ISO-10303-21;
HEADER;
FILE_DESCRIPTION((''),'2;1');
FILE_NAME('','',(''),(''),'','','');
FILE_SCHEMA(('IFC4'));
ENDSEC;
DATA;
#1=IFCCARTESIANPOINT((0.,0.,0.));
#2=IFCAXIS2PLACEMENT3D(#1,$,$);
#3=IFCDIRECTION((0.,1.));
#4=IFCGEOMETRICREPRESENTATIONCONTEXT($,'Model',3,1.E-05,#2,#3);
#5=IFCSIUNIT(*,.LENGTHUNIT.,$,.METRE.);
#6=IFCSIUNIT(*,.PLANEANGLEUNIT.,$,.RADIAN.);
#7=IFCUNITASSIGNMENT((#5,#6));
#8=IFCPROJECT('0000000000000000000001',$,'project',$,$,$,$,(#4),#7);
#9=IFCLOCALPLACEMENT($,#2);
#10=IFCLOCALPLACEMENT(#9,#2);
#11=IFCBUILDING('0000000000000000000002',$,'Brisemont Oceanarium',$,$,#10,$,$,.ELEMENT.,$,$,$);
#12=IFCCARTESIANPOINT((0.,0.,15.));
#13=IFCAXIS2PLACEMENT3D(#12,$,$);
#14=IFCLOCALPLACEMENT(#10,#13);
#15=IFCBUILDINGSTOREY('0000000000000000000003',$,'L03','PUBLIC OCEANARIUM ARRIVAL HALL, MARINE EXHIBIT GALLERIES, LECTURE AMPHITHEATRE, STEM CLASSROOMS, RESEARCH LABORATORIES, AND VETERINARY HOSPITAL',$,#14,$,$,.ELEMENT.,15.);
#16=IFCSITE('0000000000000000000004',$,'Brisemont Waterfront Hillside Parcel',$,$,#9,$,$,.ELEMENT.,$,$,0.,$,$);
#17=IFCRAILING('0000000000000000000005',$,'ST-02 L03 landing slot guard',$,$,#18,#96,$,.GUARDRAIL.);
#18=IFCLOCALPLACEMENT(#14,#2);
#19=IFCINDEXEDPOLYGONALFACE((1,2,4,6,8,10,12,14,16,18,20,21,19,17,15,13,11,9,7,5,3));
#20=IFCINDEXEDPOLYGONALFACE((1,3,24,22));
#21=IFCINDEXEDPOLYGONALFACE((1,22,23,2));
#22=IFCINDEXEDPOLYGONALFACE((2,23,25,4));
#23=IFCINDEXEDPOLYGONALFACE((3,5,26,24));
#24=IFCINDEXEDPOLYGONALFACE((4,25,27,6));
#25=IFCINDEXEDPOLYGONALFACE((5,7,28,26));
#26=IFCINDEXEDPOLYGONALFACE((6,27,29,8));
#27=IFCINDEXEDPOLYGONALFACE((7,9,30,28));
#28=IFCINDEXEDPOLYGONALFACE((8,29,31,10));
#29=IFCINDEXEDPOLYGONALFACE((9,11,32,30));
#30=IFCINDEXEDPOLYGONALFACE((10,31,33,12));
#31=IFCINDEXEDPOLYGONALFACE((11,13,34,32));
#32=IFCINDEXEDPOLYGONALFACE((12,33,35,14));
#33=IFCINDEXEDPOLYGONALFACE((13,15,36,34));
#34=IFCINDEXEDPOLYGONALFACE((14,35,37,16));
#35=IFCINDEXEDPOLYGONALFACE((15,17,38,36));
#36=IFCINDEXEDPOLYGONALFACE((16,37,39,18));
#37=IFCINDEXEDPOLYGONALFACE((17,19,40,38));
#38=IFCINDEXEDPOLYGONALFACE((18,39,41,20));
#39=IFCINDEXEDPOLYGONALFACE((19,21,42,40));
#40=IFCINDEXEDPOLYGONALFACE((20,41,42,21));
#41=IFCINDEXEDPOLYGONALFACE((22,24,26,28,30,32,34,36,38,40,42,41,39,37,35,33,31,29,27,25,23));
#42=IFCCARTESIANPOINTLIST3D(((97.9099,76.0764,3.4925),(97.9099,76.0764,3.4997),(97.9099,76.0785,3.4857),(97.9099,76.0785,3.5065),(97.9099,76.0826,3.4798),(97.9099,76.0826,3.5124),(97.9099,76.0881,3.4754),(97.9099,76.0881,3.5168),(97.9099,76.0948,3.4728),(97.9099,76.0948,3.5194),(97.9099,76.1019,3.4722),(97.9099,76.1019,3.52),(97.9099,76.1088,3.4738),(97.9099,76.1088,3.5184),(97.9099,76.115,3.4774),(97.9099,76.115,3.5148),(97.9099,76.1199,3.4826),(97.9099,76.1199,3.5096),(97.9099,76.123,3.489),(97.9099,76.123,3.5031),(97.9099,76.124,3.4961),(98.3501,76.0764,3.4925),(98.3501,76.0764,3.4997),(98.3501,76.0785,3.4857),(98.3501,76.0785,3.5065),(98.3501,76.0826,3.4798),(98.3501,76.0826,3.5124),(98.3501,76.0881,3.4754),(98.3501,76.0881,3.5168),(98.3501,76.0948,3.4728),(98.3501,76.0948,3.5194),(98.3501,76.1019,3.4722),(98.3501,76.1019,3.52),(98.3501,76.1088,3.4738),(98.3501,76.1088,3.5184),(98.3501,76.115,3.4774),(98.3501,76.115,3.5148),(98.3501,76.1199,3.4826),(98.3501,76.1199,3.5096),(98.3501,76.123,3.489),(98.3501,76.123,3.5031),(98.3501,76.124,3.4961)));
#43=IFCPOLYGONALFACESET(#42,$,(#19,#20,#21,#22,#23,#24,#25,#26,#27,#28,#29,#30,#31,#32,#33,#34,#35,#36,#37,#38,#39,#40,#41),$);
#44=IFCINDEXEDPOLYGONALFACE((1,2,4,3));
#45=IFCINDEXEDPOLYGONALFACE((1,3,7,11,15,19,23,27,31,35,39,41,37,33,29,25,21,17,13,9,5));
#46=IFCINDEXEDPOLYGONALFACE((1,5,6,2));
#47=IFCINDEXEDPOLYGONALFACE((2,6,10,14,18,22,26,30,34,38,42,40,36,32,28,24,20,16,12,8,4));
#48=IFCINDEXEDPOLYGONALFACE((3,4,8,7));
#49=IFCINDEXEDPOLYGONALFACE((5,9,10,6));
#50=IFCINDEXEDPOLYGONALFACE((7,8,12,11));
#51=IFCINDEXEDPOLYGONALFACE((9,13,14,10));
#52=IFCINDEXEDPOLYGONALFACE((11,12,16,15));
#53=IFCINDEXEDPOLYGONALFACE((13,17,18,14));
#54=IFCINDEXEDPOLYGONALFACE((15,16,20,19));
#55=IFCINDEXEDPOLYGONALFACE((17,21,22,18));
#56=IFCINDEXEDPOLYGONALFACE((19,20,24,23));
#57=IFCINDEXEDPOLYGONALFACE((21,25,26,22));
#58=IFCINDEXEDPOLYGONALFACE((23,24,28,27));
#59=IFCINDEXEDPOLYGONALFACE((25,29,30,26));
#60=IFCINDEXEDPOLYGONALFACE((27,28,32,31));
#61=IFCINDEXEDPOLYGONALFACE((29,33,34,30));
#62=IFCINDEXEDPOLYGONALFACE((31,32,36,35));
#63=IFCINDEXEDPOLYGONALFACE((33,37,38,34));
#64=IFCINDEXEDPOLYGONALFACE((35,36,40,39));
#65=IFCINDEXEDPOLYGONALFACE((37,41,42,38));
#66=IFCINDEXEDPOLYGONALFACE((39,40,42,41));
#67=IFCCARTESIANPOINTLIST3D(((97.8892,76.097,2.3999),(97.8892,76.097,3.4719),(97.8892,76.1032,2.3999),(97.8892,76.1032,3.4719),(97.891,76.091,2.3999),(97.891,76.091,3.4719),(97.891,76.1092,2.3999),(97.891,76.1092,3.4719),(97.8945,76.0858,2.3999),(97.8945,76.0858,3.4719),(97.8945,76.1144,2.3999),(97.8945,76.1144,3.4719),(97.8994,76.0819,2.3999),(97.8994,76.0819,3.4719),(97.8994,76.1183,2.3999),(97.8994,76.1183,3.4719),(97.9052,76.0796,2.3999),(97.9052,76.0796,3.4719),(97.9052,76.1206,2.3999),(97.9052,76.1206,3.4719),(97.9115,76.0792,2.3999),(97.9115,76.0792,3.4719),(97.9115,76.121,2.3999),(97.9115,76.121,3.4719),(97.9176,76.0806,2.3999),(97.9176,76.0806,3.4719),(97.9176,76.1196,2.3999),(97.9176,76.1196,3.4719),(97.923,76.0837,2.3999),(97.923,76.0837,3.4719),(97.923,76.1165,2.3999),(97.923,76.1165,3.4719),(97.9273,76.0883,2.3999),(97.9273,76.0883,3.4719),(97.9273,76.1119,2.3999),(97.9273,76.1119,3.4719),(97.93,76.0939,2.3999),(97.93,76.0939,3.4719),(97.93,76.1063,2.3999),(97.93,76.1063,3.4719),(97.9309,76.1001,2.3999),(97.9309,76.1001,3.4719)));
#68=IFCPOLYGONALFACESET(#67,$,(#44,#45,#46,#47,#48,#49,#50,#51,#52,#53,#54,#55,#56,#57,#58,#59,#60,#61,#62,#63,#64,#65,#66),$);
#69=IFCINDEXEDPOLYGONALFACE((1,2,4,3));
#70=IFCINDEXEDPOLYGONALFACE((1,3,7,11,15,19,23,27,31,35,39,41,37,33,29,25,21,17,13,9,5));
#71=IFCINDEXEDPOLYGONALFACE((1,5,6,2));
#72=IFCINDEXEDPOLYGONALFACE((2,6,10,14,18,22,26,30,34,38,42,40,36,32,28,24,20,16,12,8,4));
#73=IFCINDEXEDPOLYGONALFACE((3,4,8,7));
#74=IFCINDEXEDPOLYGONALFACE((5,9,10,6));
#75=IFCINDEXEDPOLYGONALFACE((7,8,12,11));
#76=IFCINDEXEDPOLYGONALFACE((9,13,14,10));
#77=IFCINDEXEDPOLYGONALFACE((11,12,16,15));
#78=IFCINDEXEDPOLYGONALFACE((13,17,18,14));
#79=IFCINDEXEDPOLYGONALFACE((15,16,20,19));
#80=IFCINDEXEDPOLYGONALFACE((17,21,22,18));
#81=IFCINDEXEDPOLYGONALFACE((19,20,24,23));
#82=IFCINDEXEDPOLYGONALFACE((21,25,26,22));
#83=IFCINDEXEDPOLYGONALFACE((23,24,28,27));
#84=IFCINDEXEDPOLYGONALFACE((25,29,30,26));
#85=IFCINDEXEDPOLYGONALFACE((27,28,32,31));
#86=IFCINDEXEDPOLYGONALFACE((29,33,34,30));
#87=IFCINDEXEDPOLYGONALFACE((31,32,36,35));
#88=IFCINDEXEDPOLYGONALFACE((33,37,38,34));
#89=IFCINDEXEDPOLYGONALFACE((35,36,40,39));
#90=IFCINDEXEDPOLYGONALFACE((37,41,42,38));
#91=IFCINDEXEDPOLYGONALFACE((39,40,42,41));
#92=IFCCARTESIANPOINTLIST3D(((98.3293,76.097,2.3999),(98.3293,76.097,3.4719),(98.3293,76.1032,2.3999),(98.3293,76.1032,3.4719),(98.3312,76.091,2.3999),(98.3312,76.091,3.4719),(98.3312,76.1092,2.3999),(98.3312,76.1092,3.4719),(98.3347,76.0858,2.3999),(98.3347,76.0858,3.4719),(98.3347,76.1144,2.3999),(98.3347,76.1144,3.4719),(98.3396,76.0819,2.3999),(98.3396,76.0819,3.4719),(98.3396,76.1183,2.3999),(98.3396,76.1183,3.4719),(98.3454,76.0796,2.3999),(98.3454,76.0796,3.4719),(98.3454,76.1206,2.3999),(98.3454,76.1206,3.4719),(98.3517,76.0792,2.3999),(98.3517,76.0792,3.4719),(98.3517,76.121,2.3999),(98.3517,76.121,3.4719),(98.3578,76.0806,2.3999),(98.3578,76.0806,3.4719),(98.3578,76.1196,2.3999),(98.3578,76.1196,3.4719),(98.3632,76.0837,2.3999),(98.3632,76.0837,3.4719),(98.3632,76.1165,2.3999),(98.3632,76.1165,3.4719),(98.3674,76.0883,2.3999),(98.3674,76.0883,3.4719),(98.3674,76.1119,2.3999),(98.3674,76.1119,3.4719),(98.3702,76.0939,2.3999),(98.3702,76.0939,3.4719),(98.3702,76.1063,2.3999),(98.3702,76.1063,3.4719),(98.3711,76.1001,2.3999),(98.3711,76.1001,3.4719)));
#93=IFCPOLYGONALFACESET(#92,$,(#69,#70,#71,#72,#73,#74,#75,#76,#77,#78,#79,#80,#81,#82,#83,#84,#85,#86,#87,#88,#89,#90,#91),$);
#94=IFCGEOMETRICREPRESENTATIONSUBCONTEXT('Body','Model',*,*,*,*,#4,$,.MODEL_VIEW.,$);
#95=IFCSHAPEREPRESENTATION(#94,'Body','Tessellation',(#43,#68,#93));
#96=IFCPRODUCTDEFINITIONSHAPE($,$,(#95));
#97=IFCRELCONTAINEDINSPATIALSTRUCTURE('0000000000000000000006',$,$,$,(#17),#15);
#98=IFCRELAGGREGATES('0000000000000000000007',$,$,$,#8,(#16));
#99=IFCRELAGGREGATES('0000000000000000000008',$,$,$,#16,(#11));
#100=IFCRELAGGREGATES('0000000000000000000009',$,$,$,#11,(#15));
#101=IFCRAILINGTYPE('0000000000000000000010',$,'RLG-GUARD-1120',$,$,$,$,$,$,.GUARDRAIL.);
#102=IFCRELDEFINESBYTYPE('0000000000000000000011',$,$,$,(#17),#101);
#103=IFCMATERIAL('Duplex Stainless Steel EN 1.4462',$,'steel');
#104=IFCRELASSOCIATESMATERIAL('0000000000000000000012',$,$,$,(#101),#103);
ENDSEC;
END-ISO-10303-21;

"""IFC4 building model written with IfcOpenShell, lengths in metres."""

from ifc_helpers import new_model, si_unit, direction, frame, origin, origin_2d, place, context, subcontext, project, spatial, circle, extrude, material, type_object, element, save


model = new_model("IFC4")

# Units and contexts
model_context = context("Model", 3, precision=1e-05, world=origin(), true_north=direction((0.0, 1.0)))
body_context = subcontext(model_context, "Body", "Model", "MODEL_VIEW")
ifc_project = project(units=[si_unit("LENGTHUNIT", "METRE"), si_unit("PLANEANGLEUNIT", "RADIAN")], contexts=[model_context])

# Site, building, storey
site_placement = place(None, origin())
site = spatial("IfcSite", under=ifc_project, at=site_placement, Name="Brisemont Waterfront Hillside Parcel", CompositionType="ELEMENT", RefElevation=0.0)
building_placement = place(site_placement, origin())
building = spatial("IfcBuilding", under=site, at=building_placement, Name="Brisemont Oceanarium", CompositionType="ELEMENT")
storey_placement = place(building_placement, frame((0.0, 0.0, 15.0)))
storey = spatial("IfcBuildingStorey", under=building, at=storey_placement, Name="L03", Description="PUBLIC OCEANARIUM ARRIVAL HALL, MARINE EXHIBIT GALLERIES, LECTURE AMPHITHEATRE, STEM CLASSROOMS, RESEARCH LABORATORIES, AND VETERINARY HOSPITAL", CompositionType="ELEMENT", Elevation=15.0)

# Railing
ifc_material_1 = material(Name="Duplex Stainless Steel EN 1.4462", Category="steel")
railing_type_1 = type_object("IfcRailingType", Name="RLG-GUARD-1120", PredefinedType="GUARDRAIL", material=ifc_material_1)
railing_1_placement = place(storey_placement, frame((97.9099, 76.1001, 2.3999)))
element("IfcRailing", 1, at=railing_1_placement, inside=storey, type_object=railing_type_1, Name="ST-02 L03 landing slot guard", PredefinedType="GUARDRAIL", context=body_context, shape_type="SweptSolid", body=[
    extrude(circle(Radius=0.0239, at=origin_2d()), frame((0.0, 0.0, 1.0962), z_axis=(1.0, 0.0, 0.0), x_axis=(0.0, 1.0, 0.0)), (0.0, 0.0, 1.0), 0.4402),
    extrude(circle(Radius=0.021, at=origin_2d()), origin(), (0.0, 0.0, 1.0), 1.072),
    extrude(circle(Radius=0.021, at=origin_2d()), frame((0.4402, 0.0, 0.0)), (0.0, 0.0, 1.0), 1.072),
])

save(model, "model.ifc")
